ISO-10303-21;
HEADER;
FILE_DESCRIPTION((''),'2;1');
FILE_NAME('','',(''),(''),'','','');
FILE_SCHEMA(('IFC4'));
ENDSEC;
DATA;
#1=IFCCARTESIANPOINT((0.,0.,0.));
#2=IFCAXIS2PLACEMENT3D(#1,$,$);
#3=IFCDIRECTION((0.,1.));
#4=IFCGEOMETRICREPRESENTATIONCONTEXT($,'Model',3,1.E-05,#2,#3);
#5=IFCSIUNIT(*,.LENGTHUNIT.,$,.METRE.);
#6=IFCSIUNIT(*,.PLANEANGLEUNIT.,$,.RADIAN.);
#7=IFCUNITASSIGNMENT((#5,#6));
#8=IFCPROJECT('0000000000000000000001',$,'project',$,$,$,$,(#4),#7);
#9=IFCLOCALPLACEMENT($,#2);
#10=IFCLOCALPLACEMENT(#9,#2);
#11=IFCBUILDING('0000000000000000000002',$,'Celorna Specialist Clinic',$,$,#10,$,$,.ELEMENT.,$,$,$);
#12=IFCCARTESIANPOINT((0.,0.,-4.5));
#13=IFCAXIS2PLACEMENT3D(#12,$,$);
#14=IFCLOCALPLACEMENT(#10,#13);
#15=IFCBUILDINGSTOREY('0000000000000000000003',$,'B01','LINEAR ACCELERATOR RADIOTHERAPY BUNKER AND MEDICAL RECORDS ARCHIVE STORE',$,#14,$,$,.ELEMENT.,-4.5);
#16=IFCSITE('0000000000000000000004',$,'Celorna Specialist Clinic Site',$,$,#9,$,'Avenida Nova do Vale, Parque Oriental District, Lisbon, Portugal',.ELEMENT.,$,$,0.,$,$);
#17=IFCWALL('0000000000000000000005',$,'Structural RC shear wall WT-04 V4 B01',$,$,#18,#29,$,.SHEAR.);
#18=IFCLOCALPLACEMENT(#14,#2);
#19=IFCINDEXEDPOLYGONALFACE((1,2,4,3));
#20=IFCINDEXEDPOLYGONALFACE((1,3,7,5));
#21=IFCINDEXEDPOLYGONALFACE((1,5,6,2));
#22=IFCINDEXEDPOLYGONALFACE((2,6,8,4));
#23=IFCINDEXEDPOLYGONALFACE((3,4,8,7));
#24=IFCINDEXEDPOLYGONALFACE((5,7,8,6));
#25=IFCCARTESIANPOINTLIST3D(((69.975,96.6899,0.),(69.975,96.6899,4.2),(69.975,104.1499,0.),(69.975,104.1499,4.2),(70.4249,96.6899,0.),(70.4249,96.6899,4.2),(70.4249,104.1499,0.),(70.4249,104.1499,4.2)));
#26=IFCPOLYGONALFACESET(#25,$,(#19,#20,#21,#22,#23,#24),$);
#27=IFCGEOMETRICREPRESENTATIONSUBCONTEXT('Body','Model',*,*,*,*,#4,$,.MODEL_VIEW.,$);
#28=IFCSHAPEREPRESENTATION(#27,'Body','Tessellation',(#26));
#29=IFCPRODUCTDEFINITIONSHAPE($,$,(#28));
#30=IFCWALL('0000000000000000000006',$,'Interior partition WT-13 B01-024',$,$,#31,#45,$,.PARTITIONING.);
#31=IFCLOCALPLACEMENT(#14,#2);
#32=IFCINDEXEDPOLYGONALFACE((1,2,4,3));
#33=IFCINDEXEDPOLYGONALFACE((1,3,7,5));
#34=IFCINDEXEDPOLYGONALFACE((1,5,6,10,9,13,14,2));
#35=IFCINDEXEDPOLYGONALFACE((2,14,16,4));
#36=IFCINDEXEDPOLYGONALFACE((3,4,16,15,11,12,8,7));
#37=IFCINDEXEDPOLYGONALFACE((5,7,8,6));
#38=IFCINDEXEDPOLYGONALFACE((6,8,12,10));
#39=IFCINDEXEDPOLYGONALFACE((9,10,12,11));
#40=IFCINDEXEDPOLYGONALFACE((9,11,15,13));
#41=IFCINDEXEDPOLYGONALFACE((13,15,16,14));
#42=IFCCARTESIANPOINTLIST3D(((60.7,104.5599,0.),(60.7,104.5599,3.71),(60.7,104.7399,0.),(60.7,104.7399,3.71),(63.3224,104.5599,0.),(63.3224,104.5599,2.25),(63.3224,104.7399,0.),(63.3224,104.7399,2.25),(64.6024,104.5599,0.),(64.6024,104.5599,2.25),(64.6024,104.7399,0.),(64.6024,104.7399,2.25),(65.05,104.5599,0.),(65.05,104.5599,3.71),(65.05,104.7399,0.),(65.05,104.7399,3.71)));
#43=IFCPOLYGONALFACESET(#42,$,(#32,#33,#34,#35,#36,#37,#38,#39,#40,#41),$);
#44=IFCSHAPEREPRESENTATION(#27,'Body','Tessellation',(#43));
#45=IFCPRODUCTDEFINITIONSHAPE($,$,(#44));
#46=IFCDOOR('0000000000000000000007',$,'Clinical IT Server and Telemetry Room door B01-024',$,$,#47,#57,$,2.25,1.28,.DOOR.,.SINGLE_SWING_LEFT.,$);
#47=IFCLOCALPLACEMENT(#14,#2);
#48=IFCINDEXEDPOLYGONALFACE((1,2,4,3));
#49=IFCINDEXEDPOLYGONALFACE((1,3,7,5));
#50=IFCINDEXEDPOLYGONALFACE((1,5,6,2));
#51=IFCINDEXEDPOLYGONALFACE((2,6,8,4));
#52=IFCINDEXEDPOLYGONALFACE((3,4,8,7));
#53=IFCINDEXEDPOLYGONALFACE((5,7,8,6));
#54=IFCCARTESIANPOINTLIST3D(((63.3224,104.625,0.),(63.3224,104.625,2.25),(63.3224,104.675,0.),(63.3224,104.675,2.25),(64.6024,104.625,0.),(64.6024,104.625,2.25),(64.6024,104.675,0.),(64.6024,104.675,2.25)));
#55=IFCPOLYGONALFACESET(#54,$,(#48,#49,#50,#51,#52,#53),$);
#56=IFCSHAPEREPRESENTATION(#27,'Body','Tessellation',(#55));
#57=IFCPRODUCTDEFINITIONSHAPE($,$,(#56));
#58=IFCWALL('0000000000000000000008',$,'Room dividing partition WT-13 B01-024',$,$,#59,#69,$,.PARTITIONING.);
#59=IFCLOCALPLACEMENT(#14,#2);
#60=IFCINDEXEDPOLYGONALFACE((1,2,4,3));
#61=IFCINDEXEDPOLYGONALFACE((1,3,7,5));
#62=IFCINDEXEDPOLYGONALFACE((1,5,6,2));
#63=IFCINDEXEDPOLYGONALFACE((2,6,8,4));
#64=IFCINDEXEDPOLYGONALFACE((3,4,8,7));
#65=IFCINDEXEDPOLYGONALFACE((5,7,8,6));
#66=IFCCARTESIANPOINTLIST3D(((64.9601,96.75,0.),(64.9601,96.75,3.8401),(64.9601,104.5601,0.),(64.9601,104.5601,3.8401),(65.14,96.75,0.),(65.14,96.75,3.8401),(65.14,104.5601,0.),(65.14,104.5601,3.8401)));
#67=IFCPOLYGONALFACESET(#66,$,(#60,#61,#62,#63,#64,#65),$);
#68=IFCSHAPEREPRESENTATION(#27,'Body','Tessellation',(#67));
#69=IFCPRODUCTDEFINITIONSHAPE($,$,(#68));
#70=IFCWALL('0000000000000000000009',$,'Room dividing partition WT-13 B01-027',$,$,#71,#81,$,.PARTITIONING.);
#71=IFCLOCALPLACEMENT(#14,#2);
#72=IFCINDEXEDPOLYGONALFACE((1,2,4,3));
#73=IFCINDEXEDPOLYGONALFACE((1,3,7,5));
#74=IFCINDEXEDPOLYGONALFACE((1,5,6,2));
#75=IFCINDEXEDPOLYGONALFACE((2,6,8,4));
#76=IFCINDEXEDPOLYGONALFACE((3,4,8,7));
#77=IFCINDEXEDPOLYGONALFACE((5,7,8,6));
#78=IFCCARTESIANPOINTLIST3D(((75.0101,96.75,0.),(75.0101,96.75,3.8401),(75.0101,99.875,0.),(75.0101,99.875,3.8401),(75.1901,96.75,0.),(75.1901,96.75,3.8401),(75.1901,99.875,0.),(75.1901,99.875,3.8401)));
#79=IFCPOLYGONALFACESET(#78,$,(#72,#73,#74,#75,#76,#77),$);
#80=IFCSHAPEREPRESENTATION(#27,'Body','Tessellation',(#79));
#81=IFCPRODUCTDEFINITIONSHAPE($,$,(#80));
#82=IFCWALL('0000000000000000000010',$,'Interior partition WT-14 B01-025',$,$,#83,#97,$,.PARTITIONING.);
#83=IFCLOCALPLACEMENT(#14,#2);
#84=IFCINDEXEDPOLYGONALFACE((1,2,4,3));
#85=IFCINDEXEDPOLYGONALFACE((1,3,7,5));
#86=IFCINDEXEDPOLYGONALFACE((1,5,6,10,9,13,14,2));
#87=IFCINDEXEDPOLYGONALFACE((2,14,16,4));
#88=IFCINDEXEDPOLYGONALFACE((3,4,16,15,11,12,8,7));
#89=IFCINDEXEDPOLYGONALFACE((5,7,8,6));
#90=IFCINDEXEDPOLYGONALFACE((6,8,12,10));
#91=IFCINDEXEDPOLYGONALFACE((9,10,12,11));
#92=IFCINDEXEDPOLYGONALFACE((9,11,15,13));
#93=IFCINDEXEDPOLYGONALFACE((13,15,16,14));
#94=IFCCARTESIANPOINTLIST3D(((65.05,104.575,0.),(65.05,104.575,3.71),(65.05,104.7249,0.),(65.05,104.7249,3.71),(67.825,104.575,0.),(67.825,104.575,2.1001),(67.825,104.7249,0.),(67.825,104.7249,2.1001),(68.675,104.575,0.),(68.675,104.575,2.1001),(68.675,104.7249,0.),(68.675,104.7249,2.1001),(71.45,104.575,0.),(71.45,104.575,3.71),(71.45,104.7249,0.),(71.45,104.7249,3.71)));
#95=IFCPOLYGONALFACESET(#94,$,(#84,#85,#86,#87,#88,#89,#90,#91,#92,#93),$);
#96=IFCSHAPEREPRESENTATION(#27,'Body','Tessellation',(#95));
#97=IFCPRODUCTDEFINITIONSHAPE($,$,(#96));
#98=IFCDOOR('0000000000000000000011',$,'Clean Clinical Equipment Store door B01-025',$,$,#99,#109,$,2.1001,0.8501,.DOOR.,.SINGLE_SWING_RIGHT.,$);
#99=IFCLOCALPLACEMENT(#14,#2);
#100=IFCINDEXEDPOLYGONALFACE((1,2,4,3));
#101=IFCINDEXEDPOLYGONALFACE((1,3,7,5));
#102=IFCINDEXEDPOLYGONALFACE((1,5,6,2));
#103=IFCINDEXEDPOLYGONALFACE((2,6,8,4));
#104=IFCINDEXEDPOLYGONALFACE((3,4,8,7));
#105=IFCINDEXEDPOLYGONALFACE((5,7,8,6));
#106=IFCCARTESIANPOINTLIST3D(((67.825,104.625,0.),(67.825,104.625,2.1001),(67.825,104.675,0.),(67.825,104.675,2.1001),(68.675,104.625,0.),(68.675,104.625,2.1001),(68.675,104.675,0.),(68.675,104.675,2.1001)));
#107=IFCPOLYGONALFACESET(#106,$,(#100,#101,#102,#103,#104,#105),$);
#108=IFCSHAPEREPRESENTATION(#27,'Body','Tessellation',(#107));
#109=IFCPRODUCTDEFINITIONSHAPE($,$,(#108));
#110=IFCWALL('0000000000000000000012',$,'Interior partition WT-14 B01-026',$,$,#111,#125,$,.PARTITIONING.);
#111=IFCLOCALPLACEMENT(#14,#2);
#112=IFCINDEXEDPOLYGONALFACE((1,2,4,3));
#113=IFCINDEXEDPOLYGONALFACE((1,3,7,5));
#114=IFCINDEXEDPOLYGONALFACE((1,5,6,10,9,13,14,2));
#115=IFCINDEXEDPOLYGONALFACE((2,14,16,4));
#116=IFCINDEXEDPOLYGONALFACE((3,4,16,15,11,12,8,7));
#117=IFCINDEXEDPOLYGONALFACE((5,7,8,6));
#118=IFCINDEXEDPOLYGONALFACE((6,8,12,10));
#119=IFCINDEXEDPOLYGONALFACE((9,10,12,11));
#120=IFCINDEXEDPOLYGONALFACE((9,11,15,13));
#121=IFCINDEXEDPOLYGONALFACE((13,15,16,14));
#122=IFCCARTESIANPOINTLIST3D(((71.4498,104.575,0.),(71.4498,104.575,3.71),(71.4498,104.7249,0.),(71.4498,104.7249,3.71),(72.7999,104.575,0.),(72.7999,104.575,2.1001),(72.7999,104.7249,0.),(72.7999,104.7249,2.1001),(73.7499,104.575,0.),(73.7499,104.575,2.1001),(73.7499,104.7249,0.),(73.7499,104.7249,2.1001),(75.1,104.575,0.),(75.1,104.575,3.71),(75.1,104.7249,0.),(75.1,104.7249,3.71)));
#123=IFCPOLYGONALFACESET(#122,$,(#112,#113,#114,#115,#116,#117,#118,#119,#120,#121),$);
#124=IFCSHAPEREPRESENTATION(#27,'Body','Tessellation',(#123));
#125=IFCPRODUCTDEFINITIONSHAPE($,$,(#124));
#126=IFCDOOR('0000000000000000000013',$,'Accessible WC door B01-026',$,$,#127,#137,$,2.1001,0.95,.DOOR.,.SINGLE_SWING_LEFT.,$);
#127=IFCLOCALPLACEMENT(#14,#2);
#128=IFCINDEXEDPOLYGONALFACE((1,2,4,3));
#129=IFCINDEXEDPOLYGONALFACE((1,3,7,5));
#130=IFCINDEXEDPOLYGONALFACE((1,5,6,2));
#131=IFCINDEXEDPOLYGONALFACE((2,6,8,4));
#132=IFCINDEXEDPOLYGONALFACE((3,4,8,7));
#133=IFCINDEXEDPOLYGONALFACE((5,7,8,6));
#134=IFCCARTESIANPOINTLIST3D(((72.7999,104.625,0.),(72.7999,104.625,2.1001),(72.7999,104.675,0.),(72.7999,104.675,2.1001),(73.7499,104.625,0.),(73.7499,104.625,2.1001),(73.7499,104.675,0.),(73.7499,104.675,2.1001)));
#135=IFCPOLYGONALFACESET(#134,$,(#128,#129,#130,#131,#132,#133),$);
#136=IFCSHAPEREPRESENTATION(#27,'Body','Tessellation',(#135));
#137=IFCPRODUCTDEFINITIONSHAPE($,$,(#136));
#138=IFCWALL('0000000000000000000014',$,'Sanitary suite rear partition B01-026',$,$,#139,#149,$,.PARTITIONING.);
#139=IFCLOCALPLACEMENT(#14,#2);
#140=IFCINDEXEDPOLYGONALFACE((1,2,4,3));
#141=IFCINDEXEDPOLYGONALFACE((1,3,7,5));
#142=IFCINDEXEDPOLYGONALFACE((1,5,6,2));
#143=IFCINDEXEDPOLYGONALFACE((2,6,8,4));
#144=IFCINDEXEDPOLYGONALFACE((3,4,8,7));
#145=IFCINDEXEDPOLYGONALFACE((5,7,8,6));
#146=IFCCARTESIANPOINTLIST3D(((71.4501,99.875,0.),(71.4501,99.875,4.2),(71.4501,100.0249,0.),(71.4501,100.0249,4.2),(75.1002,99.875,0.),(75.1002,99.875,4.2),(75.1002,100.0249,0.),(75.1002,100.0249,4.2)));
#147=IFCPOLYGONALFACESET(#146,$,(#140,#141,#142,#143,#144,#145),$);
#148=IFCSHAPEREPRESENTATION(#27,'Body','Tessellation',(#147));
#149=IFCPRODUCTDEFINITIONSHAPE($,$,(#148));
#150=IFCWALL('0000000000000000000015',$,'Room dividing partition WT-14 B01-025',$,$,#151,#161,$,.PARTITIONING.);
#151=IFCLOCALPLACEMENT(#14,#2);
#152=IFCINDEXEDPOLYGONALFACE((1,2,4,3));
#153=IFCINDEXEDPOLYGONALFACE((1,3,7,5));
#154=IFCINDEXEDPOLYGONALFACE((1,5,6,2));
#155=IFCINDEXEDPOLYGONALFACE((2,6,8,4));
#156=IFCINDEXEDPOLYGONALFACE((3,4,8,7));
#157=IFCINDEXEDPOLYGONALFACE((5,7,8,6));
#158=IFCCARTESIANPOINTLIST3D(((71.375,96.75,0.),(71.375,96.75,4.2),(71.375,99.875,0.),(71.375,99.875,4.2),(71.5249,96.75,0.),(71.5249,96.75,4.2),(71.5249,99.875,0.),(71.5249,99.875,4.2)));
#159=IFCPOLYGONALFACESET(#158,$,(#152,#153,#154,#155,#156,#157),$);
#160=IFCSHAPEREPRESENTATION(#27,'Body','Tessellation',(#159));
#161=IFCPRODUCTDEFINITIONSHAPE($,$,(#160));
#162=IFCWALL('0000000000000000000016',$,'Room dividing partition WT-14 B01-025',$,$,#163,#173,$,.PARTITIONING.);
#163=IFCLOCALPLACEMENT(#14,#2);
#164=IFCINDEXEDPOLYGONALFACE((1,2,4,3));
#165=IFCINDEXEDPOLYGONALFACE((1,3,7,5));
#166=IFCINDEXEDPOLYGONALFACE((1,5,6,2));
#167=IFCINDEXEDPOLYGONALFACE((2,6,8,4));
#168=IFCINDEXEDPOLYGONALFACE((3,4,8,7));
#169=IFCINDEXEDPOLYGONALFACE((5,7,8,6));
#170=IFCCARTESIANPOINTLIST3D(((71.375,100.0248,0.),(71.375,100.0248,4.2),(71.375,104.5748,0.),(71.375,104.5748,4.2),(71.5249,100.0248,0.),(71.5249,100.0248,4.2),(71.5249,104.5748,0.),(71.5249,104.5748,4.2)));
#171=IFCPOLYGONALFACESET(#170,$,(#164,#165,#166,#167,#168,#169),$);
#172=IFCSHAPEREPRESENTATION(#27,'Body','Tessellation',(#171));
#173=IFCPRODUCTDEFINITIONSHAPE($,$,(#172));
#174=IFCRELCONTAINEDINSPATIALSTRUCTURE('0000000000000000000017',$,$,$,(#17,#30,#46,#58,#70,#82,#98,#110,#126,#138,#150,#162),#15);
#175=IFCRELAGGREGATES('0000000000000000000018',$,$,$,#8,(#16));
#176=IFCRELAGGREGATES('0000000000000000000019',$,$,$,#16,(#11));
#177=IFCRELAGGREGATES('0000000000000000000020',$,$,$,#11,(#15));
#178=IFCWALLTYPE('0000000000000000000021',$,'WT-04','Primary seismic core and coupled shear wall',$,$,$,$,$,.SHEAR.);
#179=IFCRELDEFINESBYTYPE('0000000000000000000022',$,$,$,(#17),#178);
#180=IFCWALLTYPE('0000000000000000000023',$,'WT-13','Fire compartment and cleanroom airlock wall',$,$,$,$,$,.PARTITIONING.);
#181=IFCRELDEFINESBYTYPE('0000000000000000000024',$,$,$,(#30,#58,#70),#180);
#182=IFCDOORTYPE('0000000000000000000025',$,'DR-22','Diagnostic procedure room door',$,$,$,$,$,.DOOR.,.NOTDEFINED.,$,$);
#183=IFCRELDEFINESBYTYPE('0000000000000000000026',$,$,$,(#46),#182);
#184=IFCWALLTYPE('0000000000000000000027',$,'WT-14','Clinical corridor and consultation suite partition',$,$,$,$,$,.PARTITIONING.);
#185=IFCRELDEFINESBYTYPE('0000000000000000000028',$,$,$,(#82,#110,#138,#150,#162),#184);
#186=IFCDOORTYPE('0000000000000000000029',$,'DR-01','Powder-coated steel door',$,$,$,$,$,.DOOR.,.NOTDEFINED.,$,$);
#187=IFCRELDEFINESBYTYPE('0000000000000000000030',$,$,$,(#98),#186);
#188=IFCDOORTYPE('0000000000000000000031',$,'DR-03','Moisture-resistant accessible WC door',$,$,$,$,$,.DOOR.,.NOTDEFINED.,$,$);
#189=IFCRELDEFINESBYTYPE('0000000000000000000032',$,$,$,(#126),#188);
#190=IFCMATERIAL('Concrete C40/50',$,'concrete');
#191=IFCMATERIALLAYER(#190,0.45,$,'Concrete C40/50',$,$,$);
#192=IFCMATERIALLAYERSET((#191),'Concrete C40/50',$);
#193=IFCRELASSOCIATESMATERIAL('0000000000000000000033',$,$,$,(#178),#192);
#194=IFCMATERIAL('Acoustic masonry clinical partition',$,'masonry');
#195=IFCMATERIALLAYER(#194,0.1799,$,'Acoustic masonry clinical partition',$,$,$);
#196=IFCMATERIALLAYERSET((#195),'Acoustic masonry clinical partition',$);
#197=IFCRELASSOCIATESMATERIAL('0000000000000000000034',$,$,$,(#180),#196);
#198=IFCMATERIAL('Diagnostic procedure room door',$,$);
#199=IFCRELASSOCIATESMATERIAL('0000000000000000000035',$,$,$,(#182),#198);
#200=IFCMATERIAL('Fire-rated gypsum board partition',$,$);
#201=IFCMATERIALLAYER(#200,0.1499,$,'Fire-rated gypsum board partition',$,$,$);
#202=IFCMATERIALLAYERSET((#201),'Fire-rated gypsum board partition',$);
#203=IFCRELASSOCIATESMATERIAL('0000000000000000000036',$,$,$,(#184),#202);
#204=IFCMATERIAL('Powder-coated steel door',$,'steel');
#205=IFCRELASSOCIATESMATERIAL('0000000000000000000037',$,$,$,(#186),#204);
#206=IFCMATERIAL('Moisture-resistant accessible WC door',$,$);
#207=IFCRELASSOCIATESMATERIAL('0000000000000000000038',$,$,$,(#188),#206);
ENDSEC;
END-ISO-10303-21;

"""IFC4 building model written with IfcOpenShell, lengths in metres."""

from ifc_helpers import new_model, si_unit, direction, frame, frame_2d, origin, place, context, subcontext, project, spatial, rectangle, extrude, material, layer, layer_set, type_object, element, fill, save


model = new_model("IFC4")

# Units and contexts
model_context = context("Model", 3, precision=1e-05, world=origin(), true_north=direction((0.0, 1.0)))
body_context = subcontext(model_context, "Body", "Model", "MODEL_VIEW")
ifc_project = project(units=[si_unit("LENGTHUNIT", "METRE"), si_unit("PLANEANGLEUNIT", "RADIAN")], contexts=[model_context])

# Site, building, storey
site_placement = place(None, origin())
site = spatial("IfcSite", under=ifc_project, at=site_placement, Name="Celorna Specialist Clinic Site", LongName="Avenida Nova do Vale, Parque Oriental District, Lisbon, Portugal", CompositionType="ELEMENT", RefElevation=0.0)
building_placement = place(site_placement, origin())
building = spatial("IfcBuilding", under=site, at=building_placement, Name="Celorna Specialist Clinic", CompositionType="ELEMENT")
storey_placement = place(building_placement, frame((0.0, 0.0, -4.5)))
storey = spatial("IfcBuildingStorey", under=building, at=storey_placement, Name="B01", Description="LINEAR ACCELERATOR RADIOTHERAPY BUNKER AND MEDICAL RECORDS ARCHIVE STORE", CompositionType="ELEMENT", Elevation=-4.5)

# Shared definitions
ifc_material_1 = material(Name="Concrete C40/50", Category="concrete")

# Wall
ifc_layer_1 = layer(ifc_material_1, 0.45, Name="Concrete C40/50")
ifc_layer_set_1 = layer_set([ifc_layer_1], Name="Concrete C40/50")
wall_type_1 = type_object("IfcWallType", Name="WT-04", Description="Primary seismic core and coupled shear wall", PredefinedType="SHEAR", material=ifc_layer_set_1)
wall_1_placement = place(storey_placement, frame((70.2, 96.6899, 0.0), z_axis=(0.0, 0.0, 1.0), x_axis=(0.0, 1.0, 0.0)))
element("IfcWall", 1, at=wall_1_placement, inside=storey, type_object=wall_type_1, Name="Structural RC shear wall WT-04 V4 B01", PredefinedType="SHEAR", context=body_context, shape_type="SweptSolid", body=[
    extrude(rectangle(XDim=7.46, YDim=0.45, at=frame_2d((3.73, 0.0))), origin(), (0.0, 0.0, 1.0), 4.2),
])

# Wall, opening, door
ifc_material_2 = material(Name="Acoustic masonry clinical partition", Category="masonry")
ifc_layer_2 = layer(ifc_material_2, 0.1799, Name="Acoustic masonry clinical partition")
ifc_layer_set_2 = layer_set([ifc_layer_2], Name="Acoustic masonry clinical partition")
wall_type_2 = type_object("IfcWallType", Name="WT-13", Description="Fire compartment and cleanroom airlock wall", PredefinedType="PARTITIONING", material=ifc_layer_set_2)
wall_2_placement = place(storey_placement, frame((65.05, 104.6499, 0.0), z_axis=(0.0, 0.0, 1.0), x_axis=(-1.0, 0.0, 0.0)))
wall_2 = element("IfcWall", 2, at=wall_2_placement, inside=storey, type_object=wall_type_2, Name="Interior partition WT-13 B01-024", PredefinedType="PARTITIONING", context=body_context, shape_type="SweptSolid", body=[
    extrude(rectangle(XDim=4.3501, YDim=0.1799, at=frame_2d((2.175, 0.0))), origin(), (0.0, 0.0, 1.0), 3.71),
])
opening_1_placement = place(wall_2_placement, frame((0.4475, 0.0, 0.0)))
opening_1 = element("IfcOpeningElement", 3, at=opening_1_placement, cuts=wall_2, PredefinedType="OPENING", context=body_context, shape_type="SweptSolid", body=[
    extrude(rectangle(XDim=1.28, YDim=2.25, at=frame_2d((0.6401, 1.125))), frame((0.0, 0.0999, 0.0), z_axis=(0.0, -1.0, 0.0), x_axis=(1.0, 0.0, 0.0)), (0.0, 0.0, 1.0), 0.2),
])
ifc_material_3 = material(Name="Diagnostic procedure room door")
door_type_1 = type_object("IfcDoorType", Name="DR-22", Description="Diagnostic procedure room door", OperationType="NOTDEFINED", PredefinedType="DOOR", material=ifc_material_3)
door_1_placement = place(opening_1_placement, origin())
door_1 = element("IfcDoor", 4, at=door_1_placement, inside=storey, type_object=door_type_1, Name="Clinical IT Server and Telemetry Room door B01-024", OperationType="SINGLE_SWING_LEFT", OverallHeight=2.25, OverallWidth=1.28, PredefinedType="DOOR", context=body_context, shape_type="SweptSolid", body=[
    extrude(rectangle(XDim=1.28, YDim=2.25, at=frame_2d((0.6401, 1.125))), frame((0.0, 0.0249, 0.0), z_axis=(0.0, -1.0, 0.0), x_axis=(1.0, 0.0, 0.0)), (0.0, 0.0, 1.0), 0.05),
])
fill(opening_1, door_1)

# Walls
wall_3_placement = place(storey_placement, frame((65.05, 96.75, 0.0), z_axis=(0.0, 0.0, 1.0), x_axis=(0.0, 1.0, 0.0)))
element("IfcWall", 5, at=wall_3_placement, inside=storey, type_object=wall_type_2, Name="Room dividing partition WT-13 B01-024", PredefinedType="PARTITIONING", context=body_context, shape_type="SweptSolid", body=[
    extrude(rectangle(XDim=7.8101, YDim=0.1799, at=frame_2d((3.905, 0.0))), origin(), (0.0, 0.0, 1.0), 3.8401),
])
wall_4_placement = place(storey_placement, frame((75.1001, 96.75, 0.0), z_axis=(0.0, 0.0, 1.0), x_axis=(0.0, 1.0, 0.0)))
element("IfcWall", 6, at=wall_4_placement, inside=storey, type_object=wall_type_2, Name="Room dividing partition WT-13 B01-027", PredefinedType="PARTITIONING", context=body_context, shape_type="SweptSolid", body=[
    extrude(rectangle(XDim=3.125, YDim=0.1799, at=frame_2d((1.5625, 0.0))), origin(), (0.0, 0.0, 1.0), 3.8401),
])

# Walls, openings, doors
ifc_material_4 = material(Name="Fire-rated gypsum board partition")
ifc_layer_3 = layer(ifc_material_4, 0.1499, Name="Fire-rated gypsum board partition")
ifc_layer_set_3 = layer_set([ifc_layer_3], Name="Fire-rated gypsum board partition")
wall_type_3 = type_object("IfcWallType", Name="WT-14", Description="Clinical corridor and consultation suite partition", PredefinedType="PARTITIONING", material=ifc_layer_set_3)
wall_5_placement = place(storey_placement, frame((71.45, 104.6499, 0.0), z_axis=(0.0, 0.0, 1.0), x_axis=(-1.0, 0.0, 0.0)))
wall_5 = element("IfcWall", 7, at=wall_5_placement, inside=storey, type_object=wall_type_3, Name="Interior partition WT-14 B01-025", PredefinedType="PARTITIONING", context=body_context, shape_type="SweptSolid", body=[
    extrude(rectangle(XDim=6.3999, YDim=0.1499, at=frame_2d((3.2, 0.0))), origin(), (0.0, 0.0, 1.0), 3.71),
])
opening_2_placement = place(wall_5_placement, frame((2.7749, 0.0, 0.0)))
opening_2 = element("IfcOpeningElement", 8, at=opening_2_placement, cuts=wall_5, PredefinedType="OPENING", context=body_context, shape_type="SweptSolid", body=[
    extrude(rectangle(XDim=0.8501, YDim=2.1001, at=frame_2d((0.425, 1.05))), frame((0.0, 0.085, 0.0), z_axis=(0.0, -1.0, 0.0), x_axis=(1.0, 0.0, 0.0)), (0.0, 0.0, 1.0), 0.1699),
])
ifc_material_5 = material(Name="Powder-coated steel door", Category="steel")
door_type_2 = type_object("IfcDoorType", Name="DR-01", Description="Powder-coated steel door", OperationType="NOTDEFINED", PredefinedType="DOOR", material=ifc_material_5)
door_2_placement = place(opening_2_placement, origin())
door_2 = element("IfcDoor", 9, at=door_2_placement, inside=storey, type_object=door_type_2, Name="Clean Clinical Equipment Store door B01-025", OperationType="SINGLE_SWING_RIGHT", OverallHeight=2.1001, OverallWidth=0.8501, PredefinedType="DOOR", context=body_context, shape_type="SweptSolid", body=[
    extrude(rectangle(XDim=0.8501, YDim=2.1001, at=frame_2d((0.425, 1.05))), frame((0.0, 0.0249, 0.0), z_axis=(0.0, -1.0, 0.0), x_axis=(1.0, 0.0, 0.0)), (0.0, 0.0, 1.0), 0.05),
])
fill(opening_2, door_2)
wall_6_placement = place(storey_placement, frame((75.1001, 104.6499, 0.0), z_axis=(0.0, 0.0, 1.0), x_axis=(-1.0, 0.0, 0.0)))
wall_6 = element("IfcWall", 10, at=wall_6_placement, inside=storey, type_object=wall_type_3, Name="Interior partition WT-14 B01-026", PredefinedType="PARTITIONING", context=body_context, shape_type="SweptSolid", body=[
    extrude(rectangle(XDim=3.6501, YDim=0.1499, at=frame_2d((1.8252, 0.0))), origin(), (0.0, 0.0, 1.0), 3.71),
])
opening_3_placement = place(wall_6_placement, frame((1.3501, 0.0, 0.0)))
opening_3 = element("IfcOpeningElement", 11, at=opening_3_placement, cuts=wall_6, PredefinedType="OPENING", context=body_context, shape_type="SweptSolid", body=[
    extrude(rectangle(XDim=0.95, YDim=2.1001, at=frame_2d((0.4751, 1.05))), frame((0.0, 0.085, 0.0), z_axis=(0.0, -1.0, 0.0), x_axis=(1.0, 0.0, 0.0)), (0.0, 0.0, 1.0), 0.1699),
])
ifc_material_6 = material(Name="Moisture-resistant accessible WC door")
door_type_3 = type_object("IfcDoorType", Name="DR-03", Description="Moisture-resistant accessible WC door", OperationType="NOTDEFINED", PredefinedType="DOOR", material=ifc_material_6)
door_3_placement = place(opening_3_placement, origin())
door_3 = element("IfcDoor", 12, at=door_3_placement, inside=storey, type_object=door_type_3, Name="Accessible WC door B01-026", OperationType="SINGLE_SWING_LEFT", OverallHeight=2.1001, OverallWidth=0.95, PredefinedType="DOOR", context=body_context, shape_type="SweptSolid", body=[
    extrude(rectangle(XDim=0.95, YDim=2.1001, at=frame_2d((0.4751, 1.05))), frame((0.0, 0.0249, 0.0), z_axis=(0.0, -1.0, 0.0), x_axis=(1.0, 0.0, 0.0)), (0.0, 0.0, 1.0), 0.05),
])
fill(opening_3, door_3)

# Walls
wall_7_placement = place(storey_placement, frame((71.45, 99.95, 0.0), z_axis=(0.0, 0.0, 1.0), x_axis=(1.0, 0.0, 0.0)))
element("IfcWall", 13, at=wall_7_placement, inside=storey, type_object=wall_type_3, Name="Sanitary suite rear partition B01-026", PredefinedType="PARTITIONING", context=body_context, shape_type="SweptSolid", body=[
    extrude(rectangle(XDim=3.6501, YDim=0.1499, at=frame_2d((1.8252, 0.0))), origin(), (0.0, 0.0, 1.0), 4.2),
])
wall_8_placement = place(storey_placement, frame((71.45, 96.75, 0.0), z_axis=(0.0, 0.0, 1.0), x_axis=(0.0, 1.0, 0.0)))
element("IfcWall", 14, at=wall_8_placement, inside=storey, type_object=wall_type_3, Name="Room dividing partition WT-14 B01-025", PredefinedType="PARTITIONING", context=body_context, shape_type="SweptSolid", body=[
    extrude(rectangle(XDim=3.125, YDim=0.1499, at=frame_2d((1.5625, 0.0))), origin(), (0.0, 0.0, 1.0), 4.2),
])
wall_9_placement = place(storey_placement, frame((71.45, 100.0249, 0.0), z_axis=(0.0, 0.0, 1.0), x_axis=(0.0, 1.0, 0.0)))
element("IfcWall", 15, at=wall_9_placement, inside=storey, type_object=wall_type_3, Name="Room dividing partition WT-14 B01-025", PredefinedType="PARTITIONING", context=body_context, shape_type="SweptSolid", body=[
    extrude(rectangle(XDim=4.55, YDim=0.1499, at=frame_2d((2.2749, 0.0))), origin(), (0.0, 0.0, 1.0), 4.2),
])

save(model, "model.ifc")
